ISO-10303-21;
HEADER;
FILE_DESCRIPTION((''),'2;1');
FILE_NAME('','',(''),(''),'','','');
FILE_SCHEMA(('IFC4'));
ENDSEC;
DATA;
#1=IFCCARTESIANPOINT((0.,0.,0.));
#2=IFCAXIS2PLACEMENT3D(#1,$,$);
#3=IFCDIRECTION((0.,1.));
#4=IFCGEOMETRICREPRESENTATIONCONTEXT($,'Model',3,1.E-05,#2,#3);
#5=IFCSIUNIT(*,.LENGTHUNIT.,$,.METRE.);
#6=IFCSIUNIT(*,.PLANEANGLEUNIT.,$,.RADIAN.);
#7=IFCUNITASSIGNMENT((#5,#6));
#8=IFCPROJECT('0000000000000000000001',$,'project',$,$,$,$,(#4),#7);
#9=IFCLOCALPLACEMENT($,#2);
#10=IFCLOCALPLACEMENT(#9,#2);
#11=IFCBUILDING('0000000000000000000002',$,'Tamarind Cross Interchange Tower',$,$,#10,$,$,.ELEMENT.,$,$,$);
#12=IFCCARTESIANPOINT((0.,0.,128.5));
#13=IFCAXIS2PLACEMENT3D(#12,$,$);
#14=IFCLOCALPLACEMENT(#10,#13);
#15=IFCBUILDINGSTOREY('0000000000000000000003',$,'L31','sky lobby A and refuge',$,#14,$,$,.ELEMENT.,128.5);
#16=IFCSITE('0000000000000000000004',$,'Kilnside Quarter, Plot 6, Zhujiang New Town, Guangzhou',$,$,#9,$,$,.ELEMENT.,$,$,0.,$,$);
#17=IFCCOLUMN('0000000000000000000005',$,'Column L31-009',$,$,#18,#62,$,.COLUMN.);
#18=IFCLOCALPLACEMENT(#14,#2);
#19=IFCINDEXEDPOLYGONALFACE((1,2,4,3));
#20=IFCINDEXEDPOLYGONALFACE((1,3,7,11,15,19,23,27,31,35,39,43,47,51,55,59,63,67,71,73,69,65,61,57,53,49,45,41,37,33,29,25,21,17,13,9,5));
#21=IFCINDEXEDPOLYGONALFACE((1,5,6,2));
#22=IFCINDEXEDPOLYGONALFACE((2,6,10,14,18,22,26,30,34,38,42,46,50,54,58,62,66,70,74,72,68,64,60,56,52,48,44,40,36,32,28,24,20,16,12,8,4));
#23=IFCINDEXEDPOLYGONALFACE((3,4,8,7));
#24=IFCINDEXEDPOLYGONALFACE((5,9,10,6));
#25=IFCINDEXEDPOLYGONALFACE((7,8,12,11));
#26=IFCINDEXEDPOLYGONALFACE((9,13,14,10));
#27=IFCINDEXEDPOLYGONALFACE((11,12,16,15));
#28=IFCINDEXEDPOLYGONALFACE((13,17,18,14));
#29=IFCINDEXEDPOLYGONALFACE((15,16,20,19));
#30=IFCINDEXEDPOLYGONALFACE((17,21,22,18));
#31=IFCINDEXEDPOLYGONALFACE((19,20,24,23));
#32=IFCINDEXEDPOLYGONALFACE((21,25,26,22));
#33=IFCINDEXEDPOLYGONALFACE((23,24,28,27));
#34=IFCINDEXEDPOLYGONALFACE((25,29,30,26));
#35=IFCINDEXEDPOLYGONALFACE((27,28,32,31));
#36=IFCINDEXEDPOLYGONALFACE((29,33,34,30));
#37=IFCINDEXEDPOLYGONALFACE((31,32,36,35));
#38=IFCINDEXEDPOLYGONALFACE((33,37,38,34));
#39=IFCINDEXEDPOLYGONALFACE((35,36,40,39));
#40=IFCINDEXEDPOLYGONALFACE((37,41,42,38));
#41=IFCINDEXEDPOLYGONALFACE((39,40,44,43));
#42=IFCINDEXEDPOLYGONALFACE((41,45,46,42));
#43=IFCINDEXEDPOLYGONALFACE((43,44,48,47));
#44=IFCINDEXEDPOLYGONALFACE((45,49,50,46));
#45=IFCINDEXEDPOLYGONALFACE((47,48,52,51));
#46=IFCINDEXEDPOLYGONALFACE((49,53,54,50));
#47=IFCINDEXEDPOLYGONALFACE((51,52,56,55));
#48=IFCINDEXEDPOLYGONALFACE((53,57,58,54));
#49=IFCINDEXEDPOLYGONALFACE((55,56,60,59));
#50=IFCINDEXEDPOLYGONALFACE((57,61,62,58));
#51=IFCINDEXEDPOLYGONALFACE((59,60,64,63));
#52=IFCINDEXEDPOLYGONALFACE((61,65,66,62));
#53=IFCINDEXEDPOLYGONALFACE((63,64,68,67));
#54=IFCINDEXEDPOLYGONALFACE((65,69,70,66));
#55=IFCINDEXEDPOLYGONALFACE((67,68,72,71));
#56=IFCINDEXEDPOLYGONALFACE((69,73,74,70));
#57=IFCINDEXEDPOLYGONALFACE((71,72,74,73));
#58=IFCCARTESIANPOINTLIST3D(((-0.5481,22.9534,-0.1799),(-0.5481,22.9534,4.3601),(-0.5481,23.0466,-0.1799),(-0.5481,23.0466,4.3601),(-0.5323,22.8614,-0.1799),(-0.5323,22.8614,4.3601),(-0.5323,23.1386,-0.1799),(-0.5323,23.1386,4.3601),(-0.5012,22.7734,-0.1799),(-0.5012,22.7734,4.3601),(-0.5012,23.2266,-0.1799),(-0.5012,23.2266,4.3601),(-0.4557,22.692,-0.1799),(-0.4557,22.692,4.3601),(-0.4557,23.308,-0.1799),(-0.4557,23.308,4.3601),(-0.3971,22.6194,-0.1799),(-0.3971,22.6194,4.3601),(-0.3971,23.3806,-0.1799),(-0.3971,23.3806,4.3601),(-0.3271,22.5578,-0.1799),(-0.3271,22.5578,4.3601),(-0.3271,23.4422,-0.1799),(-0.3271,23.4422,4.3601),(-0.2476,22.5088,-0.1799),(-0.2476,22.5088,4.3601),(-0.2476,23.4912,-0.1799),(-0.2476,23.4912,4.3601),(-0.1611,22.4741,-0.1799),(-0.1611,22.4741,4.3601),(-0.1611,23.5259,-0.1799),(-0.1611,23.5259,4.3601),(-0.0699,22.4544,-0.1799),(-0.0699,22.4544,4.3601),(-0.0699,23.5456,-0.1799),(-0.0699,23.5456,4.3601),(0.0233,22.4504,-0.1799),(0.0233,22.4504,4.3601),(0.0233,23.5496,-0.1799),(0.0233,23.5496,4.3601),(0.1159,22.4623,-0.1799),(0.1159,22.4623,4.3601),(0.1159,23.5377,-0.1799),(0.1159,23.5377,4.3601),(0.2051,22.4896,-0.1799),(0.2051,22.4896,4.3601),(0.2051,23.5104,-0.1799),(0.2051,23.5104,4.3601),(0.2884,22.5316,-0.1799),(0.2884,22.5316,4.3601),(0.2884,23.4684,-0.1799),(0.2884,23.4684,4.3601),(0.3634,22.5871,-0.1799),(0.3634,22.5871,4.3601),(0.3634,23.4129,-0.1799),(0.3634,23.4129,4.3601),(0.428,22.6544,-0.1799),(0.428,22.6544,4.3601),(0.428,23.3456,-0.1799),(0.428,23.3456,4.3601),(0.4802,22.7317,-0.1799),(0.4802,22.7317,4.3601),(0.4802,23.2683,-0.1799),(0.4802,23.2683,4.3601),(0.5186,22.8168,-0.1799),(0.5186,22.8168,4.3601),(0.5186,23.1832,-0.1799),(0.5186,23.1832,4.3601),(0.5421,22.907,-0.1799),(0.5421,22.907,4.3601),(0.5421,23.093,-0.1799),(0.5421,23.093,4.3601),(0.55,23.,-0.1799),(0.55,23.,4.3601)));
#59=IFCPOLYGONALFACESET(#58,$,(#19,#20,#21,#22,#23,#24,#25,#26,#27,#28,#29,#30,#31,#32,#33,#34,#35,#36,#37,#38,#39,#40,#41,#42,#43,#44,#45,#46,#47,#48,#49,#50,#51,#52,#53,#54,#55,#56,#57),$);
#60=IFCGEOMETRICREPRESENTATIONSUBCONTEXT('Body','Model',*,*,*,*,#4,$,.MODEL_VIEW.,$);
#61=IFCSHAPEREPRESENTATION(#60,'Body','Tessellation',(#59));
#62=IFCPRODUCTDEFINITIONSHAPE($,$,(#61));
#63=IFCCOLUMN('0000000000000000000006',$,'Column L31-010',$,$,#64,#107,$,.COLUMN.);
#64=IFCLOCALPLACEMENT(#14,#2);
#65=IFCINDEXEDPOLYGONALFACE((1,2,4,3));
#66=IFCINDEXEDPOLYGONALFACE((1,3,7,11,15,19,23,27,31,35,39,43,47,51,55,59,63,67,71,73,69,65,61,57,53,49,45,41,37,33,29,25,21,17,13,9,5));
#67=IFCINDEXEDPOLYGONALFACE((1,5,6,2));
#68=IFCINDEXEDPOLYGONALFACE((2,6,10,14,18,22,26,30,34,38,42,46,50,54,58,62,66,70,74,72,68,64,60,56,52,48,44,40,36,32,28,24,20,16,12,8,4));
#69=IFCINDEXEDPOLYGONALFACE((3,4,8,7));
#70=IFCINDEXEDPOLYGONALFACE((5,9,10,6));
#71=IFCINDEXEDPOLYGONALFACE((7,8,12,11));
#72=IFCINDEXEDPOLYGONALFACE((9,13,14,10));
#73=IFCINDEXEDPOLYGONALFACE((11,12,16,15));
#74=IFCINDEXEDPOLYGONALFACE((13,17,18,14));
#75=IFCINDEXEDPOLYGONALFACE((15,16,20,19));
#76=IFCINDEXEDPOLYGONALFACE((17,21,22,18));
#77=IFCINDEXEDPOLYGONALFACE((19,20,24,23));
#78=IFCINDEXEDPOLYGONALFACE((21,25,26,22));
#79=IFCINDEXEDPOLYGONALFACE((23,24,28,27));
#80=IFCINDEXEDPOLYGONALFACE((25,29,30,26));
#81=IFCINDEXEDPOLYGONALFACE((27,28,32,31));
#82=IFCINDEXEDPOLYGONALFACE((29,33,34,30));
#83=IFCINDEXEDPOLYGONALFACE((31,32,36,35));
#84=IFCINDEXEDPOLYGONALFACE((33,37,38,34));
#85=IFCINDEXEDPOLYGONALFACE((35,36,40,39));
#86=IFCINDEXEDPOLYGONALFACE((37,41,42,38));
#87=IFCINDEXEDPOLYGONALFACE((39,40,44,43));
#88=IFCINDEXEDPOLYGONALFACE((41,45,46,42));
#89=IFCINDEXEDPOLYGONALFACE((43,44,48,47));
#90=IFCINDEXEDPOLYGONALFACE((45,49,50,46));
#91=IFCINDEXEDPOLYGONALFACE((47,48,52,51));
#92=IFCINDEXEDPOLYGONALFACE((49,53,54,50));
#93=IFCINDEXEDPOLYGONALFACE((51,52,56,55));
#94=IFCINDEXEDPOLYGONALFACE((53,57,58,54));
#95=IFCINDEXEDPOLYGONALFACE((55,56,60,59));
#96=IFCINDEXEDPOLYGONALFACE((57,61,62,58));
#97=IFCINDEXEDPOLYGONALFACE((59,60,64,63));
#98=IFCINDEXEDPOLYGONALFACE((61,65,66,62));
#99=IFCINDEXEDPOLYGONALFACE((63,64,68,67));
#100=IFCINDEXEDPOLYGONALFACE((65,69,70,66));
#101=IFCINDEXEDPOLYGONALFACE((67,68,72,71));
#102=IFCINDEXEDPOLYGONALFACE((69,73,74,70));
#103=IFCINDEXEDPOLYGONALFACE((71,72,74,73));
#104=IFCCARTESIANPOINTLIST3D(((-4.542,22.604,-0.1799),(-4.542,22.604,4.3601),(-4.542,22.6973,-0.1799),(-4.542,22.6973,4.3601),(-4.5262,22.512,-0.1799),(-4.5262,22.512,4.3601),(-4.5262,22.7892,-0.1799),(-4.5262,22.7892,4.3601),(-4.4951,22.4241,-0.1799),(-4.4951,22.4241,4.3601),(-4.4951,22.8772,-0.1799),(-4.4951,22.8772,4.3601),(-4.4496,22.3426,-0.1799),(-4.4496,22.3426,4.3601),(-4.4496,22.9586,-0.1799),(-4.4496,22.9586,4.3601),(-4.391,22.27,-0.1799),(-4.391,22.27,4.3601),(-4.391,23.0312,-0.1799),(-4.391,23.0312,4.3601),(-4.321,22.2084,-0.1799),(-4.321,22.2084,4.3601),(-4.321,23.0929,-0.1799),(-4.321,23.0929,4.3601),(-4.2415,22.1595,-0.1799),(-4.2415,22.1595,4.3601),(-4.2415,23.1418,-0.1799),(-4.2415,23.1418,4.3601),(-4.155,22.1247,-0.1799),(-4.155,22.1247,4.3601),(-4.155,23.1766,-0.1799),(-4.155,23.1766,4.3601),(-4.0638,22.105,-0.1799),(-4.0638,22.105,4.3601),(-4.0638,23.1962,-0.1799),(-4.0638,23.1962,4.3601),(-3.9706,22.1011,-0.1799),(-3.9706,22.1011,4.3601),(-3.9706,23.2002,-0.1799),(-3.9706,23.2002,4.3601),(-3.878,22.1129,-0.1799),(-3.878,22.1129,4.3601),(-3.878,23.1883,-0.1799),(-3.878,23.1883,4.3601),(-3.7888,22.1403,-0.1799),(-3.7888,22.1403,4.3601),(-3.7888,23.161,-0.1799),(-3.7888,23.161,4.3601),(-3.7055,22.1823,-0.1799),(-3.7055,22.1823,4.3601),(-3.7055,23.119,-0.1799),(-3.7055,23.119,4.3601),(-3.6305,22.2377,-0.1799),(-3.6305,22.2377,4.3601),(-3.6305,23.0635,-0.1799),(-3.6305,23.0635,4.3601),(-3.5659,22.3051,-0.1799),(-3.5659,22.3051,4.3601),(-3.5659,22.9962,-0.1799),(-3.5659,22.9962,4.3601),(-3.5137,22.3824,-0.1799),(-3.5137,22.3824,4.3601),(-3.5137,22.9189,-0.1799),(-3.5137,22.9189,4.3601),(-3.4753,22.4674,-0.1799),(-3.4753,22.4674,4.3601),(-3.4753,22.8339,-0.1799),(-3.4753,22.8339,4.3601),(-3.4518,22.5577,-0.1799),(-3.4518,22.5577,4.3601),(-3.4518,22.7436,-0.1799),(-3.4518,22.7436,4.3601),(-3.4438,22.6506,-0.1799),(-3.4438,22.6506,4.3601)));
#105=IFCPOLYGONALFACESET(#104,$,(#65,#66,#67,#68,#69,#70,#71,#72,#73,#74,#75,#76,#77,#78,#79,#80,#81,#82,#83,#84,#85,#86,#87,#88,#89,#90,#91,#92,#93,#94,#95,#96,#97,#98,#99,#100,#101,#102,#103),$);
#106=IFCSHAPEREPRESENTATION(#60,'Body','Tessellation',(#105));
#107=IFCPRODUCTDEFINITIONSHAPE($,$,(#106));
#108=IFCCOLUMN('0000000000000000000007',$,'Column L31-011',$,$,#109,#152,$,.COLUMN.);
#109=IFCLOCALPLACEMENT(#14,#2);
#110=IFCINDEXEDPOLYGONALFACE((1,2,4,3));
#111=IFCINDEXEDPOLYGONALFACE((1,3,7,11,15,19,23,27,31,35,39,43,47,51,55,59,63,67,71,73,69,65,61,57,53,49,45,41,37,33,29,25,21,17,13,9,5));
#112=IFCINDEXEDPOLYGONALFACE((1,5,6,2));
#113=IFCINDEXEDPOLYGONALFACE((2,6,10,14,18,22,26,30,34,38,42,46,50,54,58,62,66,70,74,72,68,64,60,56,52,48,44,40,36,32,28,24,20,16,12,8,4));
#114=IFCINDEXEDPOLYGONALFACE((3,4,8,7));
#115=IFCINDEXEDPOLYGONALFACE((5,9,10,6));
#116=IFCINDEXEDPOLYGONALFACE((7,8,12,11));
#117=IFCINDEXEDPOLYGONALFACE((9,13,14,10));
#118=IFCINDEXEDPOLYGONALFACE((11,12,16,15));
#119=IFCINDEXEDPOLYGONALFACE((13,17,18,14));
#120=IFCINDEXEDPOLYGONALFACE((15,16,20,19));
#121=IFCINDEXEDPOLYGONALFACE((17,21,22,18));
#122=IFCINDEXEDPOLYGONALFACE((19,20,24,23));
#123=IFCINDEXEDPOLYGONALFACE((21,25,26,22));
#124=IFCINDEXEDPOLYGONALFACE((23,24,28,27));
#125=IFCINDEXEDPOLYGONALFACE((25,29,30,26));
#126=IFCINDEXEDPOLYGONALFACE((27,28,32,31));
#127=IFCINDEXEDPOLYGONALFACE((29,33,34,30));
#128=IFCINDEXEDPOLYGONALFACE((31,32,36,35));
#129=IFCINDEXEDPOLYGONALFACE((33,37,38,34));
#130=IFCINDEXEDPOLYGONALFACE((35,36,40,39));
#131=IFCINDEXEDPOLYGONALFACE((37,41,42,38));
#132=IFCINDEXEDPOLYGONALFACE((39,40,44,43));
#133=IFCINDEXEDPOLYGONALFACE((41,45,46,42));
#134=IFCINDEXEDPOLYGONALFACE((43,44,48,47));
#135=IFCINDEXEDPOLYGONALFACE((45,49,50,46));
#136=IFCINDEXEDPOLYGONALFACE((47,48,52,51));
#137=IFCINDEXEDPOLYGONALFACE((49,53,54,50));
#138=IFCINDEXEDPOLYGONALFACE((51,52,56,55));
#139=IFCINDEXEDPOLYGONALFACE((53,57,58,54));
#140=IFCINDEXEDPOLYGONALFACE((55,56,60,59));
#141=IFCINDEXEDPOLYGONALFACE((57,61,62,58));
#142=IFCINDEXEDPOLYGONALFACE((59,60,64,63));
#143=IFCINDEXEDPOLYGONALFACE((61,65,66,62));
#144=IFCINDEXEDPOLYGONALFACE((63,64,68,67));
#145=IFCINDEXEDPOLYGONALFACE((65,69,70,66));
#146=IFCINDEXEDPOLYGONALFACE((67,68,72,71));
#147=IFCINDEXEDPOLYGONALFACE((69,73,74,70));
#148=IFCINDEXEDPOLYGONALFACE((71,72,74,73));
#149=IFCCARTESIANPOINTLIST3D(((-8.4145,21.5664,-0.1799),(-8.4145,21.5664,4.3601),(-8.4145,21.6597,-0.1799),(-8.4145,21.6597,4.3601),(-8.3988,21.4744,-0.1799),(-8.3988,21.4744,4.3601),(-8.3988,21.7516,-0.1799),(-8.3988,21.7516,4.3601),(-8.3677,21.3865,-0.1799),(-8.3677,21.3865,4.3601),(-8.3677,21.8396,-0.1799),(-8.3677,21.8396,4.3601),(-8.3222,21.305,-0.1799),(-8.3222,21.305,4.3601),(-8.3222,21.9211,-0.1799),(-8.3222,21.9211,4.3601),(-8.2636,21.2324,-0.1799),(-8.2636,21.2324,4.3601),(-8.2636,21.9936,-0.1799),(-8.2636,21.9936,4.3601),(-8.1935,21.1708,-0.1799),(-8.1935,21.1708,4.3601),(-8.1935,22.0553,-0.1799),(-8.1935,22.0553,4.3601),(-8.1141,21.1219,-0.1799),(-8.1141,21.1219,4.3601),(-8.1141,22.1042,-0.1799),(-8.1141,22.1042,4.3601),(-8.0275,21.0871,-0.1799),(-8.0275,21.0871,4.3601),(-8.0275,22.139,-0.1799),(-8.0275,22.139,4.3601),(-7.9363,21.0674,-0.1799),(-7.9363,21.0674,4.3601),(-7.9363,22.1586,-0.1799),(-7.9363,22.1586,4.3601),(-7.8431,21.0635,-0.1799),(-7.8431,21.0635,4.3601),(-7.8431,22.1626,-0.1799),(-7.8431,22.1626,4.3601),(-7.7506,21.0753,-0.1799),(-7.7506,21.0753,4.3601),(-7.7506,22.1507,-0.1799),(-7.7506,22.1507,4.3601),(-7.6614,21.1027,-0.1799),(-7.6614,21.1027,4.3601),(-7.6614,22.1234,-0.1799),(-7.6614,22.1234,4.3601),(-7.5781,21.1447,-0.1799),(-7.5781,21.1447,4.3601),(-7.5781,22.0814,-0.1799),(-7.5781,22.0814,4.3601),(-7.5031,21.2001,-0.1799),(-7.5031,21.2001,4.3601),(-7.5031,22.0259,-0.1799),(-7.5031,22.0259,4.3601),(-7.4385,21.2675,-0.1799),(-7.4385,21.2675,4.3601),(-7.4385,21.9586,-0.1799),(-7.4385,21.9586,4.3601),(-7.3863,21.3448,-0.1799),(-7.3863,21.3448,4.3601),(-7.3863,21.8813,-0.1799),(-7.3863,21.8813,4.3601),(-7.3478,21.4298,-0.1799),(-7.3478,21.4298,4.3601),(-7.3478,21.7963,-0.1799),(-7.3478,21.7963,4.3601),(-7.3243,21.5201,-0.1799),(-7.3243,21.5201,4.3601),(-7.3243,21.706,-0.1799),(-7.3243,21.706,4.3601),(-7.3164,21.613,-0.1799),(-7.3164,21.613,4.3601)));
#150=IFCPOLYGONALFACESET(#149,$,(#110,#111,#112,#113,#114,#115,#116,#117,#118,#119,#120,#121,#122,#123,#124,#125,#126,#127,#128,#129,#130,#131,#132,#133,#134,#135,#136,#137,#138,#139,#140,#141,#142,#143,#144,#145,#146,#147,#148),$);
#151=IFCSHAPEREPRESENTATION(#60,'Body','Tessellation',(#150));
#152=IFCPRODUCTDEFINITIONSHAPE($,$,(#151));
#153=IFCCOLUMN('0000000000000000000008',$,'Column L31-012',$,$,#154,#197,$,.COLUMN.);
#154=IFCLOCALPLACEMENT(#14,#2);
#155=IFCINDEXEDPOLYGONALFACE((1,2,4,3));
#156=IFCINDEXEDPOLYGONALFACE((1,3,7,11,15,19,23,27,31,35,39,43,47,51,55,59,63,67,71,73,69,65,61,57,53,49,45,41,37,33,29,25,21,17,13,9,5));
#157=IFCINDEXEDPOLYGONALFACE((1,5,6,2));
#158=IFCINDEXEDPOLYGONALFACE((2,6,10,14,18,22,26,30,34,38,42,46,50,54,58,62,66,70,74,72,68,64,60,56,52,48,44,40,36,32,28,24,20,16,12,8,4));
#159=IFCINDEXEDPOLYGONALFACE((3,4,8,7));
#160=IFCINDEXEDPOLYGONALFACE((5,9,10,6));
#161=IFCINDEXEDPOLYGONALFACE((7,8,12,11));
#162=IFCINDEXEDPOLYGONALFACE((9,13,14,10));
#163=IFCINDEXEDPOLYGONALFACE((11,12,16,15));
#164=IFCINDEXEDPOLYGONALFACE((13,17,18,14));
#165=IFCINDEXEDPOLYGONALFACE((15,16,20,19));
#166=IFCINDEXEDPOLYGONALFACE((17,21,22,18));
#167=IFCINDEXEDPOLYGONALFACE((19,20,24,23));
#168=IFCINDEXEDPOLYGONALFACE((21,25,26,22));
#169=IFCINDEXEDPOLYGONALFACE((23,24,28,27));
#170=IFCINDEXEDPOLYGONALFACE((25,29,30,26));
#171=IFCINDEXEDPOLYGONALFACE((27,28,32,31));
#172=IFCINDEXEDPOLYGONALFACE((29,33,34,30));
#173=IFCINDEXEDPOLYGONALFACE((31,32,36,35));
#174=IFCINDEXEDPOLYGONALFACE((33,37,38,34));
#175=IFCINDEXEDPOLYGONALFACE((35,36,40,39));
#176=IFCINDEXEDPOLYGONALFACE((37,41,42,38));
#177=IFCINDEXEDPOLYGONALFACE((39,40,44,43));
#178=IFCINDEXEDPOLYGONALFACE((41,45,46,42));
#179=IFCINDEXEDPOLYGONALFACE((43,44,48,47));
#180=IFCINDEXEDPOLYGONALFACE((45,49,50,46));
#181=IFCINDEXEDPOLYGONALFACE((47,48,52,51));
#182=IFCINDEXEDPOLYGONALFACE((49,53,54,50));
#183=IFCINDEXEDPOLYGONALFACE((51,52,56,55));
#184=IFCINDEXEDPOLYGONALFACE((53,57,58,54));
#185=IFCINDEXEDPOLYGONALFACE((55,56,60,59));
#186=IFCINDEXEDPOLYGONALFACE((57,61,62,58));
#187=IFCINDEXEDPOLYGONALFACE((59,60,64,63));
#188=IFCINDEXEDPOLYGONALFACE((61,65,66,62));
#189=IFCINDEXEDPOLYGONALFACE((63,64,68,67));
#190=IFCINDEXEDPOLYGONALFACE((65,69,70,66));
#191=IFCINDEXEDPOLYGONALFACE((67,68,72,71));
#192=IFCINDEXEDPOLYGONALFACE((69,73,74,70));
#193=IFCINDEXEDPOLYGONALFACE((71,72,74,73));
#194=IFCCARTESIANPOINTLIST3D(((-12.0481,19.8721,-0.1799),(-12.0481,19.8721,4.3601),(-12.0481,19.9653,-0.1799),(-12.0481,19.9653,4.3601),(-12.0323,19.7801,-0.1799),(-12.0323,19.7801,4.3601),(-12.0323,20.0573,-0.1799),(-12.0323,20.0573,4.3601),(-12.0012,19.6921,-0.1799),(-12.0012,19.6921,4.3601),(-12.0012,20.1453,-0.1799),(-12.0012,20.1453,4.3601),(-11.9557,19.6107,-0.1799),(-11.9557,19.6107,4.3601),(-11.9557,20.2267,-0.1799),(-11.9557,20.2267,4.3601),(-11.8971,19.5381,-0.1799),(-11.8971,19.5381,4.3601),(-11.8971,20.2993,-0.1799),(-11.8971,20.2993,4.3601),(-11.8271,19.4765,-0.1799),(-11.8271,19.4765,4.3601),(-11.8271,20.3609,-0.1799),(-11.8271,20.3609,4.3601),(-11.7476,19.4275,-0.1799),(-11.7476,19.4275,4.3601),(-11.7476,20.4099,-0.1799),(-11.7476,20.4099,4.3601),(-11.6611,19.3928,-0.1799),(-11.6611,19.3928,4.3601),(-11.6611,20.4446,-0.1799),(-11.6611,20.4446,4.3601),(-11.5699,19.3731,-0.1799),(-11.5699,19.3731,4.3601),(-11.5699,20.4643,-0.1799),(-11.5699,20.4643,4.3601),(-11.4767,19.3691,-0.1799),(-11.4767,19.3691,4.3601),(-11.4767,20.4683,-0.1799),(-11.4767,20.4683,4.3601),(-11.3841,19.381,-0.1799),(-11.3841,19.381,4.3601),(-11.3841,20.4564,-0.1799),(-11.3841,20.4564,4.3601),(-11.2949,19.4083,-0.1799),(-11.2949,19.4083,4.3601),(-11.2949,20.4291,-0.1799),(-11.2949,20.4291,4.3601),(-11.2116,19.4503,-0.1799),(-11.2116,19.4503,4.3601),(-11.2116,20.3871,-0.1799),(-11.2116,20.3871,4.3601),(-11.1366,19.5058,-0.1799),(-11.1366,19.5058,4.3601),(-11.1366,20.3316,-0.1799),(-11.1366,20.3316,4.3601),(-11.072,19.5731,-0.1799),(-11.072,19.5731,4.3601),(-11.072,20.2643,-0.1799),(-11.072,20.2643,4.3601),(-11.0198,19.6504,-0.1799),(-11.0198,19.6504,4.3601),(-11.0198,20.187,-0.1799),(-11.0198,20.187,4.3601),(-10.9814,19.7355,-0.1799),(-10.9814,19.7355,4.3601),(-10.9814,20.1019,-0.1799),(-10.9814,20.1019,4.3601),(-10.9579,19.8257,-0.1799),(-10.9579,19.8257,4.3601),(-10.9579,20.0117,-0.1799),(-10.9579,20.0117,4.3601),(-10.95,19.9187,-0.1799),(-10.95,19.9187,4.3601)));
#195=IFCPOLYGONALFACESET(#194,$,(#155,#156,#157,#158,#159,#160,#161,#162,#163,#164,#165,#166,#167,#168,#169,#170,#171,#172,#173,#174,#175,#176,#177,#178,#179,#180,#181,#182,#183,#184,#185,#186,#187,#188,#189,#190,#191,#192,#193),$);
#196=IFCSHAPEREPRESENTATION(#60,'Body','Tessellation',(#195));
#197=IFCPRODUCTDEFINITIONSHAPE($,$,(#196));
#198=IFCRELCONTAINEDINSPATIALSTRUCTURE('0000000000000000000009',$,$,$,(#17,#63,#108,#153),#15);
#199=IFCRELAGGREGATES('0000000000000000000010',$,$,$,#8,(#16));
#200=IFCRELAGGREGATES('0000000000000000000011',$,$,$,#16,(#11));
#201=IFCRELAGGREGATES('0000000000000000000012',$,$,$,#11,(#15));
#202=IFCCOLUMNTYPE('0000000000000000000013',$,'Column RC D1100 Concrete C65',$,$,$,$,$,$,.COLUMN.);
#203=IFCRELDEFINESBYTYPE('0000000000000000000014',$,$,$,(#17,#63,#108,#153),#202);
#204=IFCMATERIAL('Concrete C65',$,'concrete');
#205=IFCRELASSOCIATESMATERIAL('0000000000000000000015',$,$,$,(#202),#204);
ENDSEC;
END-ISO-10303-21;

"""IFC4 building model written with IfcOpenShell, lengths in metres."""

from ifc_helpers import new_model, si_unit, direction, frame, origin, origin_2d, place, context, subcontext, project, spatial, circle, extrude, material, material_profile, profile_set, type_object, element, save


model = new_model("IFC4")

# Units and contexts
model_context = context("Model", 3, precision=1e-05, world=origin(), true_north=direction((0.0, 1.0)))
body_context = subcontext(model_context, "Body", "Model", "MODEL_VIEW")
ifc_project = project(units=[si_unit("LENGTHUNIT", "METRE"), si_unit("PLANEANGLEUNIT", "RADIAN")], contexts=[model_context])

# Site, building, storey
site_placement = place(None, origin())
site = spatial("IfcSite", under=ifc_project, at=site_placement, Name="Kilnside Quarter, Plot 6, Zhujiang New Town, Guangzhou", CompositionType="ELEMENT", RefElevation=0.0)
building_placement = place(site_placement, origin())
building = spatial("IfcBuilding", under=site, at=building_placement, Name="Tamarind Cross Interchange Tower", CompositionType="ELEMENT")
storey_placement = place(building_placement, frame((0.0, 0.0, 128.5)))
storey = spatial("IfcBuildingStorey", under=building, at=storey_placement, Name="L31", Description="sky lobby A and refuge", CompositionType="ELEMENT", Elevation=128.5)

# Columns
ifc_material_1 = material(Name="Concrete C65", Category="concrete")
ifc_material_profile_1 = material_profile(ifc_material_1, circle(Radius=0.55, at=origin_2d()), Name="RC D1100")
ifc_profile_set_1 = profile_set([ifc_material_profile_1], Name="Concrete C65")
column_type = type_object("IfcColumnType", Name="Column RC D1100 Concrete C65", PredefinedType="COLUMN", material=ifc_profile_set_1)
for number, where, z_axis, x_axis, name in (
    (1, (0.0, 23.0, -0.1799), (0.0, 0.0, 1.0), (1.0, 0.0, 0.0), "Column L31-009"),
    (2, (-3.9939, 22.6506, -0.1799), (0.0, 0.0, 1.0), (1.0, 0.0, 0.0), "Column L31-010"),
    (3, (-7.8665, 21.613, -0.1799), (0.0, 0.0, 1.0), (1.0, 0.0, 0.0), "Column L31-011"),
    (4, (-11.5, 19.9187, -0.1799), (0.0, 0.0, 1.0), (1.0, 0.0, 0.0), "Column L31-012"),
):
    element("IfcColumn", number, at=place(storey_placement, frame(where, z_axis=z_axis, x_axis=x_axis)), inside=storey, type_object=column_type, Name=name, PredefinedType="COLUMN", context=body_context, shape_type="SweptSolid", body=[
        extrude(circle(Radius=0.55, at=origin_2d()), origin(), (0.0, 0.0, 1.0), 4.54),
    ])

save(model, "model.ifc")
